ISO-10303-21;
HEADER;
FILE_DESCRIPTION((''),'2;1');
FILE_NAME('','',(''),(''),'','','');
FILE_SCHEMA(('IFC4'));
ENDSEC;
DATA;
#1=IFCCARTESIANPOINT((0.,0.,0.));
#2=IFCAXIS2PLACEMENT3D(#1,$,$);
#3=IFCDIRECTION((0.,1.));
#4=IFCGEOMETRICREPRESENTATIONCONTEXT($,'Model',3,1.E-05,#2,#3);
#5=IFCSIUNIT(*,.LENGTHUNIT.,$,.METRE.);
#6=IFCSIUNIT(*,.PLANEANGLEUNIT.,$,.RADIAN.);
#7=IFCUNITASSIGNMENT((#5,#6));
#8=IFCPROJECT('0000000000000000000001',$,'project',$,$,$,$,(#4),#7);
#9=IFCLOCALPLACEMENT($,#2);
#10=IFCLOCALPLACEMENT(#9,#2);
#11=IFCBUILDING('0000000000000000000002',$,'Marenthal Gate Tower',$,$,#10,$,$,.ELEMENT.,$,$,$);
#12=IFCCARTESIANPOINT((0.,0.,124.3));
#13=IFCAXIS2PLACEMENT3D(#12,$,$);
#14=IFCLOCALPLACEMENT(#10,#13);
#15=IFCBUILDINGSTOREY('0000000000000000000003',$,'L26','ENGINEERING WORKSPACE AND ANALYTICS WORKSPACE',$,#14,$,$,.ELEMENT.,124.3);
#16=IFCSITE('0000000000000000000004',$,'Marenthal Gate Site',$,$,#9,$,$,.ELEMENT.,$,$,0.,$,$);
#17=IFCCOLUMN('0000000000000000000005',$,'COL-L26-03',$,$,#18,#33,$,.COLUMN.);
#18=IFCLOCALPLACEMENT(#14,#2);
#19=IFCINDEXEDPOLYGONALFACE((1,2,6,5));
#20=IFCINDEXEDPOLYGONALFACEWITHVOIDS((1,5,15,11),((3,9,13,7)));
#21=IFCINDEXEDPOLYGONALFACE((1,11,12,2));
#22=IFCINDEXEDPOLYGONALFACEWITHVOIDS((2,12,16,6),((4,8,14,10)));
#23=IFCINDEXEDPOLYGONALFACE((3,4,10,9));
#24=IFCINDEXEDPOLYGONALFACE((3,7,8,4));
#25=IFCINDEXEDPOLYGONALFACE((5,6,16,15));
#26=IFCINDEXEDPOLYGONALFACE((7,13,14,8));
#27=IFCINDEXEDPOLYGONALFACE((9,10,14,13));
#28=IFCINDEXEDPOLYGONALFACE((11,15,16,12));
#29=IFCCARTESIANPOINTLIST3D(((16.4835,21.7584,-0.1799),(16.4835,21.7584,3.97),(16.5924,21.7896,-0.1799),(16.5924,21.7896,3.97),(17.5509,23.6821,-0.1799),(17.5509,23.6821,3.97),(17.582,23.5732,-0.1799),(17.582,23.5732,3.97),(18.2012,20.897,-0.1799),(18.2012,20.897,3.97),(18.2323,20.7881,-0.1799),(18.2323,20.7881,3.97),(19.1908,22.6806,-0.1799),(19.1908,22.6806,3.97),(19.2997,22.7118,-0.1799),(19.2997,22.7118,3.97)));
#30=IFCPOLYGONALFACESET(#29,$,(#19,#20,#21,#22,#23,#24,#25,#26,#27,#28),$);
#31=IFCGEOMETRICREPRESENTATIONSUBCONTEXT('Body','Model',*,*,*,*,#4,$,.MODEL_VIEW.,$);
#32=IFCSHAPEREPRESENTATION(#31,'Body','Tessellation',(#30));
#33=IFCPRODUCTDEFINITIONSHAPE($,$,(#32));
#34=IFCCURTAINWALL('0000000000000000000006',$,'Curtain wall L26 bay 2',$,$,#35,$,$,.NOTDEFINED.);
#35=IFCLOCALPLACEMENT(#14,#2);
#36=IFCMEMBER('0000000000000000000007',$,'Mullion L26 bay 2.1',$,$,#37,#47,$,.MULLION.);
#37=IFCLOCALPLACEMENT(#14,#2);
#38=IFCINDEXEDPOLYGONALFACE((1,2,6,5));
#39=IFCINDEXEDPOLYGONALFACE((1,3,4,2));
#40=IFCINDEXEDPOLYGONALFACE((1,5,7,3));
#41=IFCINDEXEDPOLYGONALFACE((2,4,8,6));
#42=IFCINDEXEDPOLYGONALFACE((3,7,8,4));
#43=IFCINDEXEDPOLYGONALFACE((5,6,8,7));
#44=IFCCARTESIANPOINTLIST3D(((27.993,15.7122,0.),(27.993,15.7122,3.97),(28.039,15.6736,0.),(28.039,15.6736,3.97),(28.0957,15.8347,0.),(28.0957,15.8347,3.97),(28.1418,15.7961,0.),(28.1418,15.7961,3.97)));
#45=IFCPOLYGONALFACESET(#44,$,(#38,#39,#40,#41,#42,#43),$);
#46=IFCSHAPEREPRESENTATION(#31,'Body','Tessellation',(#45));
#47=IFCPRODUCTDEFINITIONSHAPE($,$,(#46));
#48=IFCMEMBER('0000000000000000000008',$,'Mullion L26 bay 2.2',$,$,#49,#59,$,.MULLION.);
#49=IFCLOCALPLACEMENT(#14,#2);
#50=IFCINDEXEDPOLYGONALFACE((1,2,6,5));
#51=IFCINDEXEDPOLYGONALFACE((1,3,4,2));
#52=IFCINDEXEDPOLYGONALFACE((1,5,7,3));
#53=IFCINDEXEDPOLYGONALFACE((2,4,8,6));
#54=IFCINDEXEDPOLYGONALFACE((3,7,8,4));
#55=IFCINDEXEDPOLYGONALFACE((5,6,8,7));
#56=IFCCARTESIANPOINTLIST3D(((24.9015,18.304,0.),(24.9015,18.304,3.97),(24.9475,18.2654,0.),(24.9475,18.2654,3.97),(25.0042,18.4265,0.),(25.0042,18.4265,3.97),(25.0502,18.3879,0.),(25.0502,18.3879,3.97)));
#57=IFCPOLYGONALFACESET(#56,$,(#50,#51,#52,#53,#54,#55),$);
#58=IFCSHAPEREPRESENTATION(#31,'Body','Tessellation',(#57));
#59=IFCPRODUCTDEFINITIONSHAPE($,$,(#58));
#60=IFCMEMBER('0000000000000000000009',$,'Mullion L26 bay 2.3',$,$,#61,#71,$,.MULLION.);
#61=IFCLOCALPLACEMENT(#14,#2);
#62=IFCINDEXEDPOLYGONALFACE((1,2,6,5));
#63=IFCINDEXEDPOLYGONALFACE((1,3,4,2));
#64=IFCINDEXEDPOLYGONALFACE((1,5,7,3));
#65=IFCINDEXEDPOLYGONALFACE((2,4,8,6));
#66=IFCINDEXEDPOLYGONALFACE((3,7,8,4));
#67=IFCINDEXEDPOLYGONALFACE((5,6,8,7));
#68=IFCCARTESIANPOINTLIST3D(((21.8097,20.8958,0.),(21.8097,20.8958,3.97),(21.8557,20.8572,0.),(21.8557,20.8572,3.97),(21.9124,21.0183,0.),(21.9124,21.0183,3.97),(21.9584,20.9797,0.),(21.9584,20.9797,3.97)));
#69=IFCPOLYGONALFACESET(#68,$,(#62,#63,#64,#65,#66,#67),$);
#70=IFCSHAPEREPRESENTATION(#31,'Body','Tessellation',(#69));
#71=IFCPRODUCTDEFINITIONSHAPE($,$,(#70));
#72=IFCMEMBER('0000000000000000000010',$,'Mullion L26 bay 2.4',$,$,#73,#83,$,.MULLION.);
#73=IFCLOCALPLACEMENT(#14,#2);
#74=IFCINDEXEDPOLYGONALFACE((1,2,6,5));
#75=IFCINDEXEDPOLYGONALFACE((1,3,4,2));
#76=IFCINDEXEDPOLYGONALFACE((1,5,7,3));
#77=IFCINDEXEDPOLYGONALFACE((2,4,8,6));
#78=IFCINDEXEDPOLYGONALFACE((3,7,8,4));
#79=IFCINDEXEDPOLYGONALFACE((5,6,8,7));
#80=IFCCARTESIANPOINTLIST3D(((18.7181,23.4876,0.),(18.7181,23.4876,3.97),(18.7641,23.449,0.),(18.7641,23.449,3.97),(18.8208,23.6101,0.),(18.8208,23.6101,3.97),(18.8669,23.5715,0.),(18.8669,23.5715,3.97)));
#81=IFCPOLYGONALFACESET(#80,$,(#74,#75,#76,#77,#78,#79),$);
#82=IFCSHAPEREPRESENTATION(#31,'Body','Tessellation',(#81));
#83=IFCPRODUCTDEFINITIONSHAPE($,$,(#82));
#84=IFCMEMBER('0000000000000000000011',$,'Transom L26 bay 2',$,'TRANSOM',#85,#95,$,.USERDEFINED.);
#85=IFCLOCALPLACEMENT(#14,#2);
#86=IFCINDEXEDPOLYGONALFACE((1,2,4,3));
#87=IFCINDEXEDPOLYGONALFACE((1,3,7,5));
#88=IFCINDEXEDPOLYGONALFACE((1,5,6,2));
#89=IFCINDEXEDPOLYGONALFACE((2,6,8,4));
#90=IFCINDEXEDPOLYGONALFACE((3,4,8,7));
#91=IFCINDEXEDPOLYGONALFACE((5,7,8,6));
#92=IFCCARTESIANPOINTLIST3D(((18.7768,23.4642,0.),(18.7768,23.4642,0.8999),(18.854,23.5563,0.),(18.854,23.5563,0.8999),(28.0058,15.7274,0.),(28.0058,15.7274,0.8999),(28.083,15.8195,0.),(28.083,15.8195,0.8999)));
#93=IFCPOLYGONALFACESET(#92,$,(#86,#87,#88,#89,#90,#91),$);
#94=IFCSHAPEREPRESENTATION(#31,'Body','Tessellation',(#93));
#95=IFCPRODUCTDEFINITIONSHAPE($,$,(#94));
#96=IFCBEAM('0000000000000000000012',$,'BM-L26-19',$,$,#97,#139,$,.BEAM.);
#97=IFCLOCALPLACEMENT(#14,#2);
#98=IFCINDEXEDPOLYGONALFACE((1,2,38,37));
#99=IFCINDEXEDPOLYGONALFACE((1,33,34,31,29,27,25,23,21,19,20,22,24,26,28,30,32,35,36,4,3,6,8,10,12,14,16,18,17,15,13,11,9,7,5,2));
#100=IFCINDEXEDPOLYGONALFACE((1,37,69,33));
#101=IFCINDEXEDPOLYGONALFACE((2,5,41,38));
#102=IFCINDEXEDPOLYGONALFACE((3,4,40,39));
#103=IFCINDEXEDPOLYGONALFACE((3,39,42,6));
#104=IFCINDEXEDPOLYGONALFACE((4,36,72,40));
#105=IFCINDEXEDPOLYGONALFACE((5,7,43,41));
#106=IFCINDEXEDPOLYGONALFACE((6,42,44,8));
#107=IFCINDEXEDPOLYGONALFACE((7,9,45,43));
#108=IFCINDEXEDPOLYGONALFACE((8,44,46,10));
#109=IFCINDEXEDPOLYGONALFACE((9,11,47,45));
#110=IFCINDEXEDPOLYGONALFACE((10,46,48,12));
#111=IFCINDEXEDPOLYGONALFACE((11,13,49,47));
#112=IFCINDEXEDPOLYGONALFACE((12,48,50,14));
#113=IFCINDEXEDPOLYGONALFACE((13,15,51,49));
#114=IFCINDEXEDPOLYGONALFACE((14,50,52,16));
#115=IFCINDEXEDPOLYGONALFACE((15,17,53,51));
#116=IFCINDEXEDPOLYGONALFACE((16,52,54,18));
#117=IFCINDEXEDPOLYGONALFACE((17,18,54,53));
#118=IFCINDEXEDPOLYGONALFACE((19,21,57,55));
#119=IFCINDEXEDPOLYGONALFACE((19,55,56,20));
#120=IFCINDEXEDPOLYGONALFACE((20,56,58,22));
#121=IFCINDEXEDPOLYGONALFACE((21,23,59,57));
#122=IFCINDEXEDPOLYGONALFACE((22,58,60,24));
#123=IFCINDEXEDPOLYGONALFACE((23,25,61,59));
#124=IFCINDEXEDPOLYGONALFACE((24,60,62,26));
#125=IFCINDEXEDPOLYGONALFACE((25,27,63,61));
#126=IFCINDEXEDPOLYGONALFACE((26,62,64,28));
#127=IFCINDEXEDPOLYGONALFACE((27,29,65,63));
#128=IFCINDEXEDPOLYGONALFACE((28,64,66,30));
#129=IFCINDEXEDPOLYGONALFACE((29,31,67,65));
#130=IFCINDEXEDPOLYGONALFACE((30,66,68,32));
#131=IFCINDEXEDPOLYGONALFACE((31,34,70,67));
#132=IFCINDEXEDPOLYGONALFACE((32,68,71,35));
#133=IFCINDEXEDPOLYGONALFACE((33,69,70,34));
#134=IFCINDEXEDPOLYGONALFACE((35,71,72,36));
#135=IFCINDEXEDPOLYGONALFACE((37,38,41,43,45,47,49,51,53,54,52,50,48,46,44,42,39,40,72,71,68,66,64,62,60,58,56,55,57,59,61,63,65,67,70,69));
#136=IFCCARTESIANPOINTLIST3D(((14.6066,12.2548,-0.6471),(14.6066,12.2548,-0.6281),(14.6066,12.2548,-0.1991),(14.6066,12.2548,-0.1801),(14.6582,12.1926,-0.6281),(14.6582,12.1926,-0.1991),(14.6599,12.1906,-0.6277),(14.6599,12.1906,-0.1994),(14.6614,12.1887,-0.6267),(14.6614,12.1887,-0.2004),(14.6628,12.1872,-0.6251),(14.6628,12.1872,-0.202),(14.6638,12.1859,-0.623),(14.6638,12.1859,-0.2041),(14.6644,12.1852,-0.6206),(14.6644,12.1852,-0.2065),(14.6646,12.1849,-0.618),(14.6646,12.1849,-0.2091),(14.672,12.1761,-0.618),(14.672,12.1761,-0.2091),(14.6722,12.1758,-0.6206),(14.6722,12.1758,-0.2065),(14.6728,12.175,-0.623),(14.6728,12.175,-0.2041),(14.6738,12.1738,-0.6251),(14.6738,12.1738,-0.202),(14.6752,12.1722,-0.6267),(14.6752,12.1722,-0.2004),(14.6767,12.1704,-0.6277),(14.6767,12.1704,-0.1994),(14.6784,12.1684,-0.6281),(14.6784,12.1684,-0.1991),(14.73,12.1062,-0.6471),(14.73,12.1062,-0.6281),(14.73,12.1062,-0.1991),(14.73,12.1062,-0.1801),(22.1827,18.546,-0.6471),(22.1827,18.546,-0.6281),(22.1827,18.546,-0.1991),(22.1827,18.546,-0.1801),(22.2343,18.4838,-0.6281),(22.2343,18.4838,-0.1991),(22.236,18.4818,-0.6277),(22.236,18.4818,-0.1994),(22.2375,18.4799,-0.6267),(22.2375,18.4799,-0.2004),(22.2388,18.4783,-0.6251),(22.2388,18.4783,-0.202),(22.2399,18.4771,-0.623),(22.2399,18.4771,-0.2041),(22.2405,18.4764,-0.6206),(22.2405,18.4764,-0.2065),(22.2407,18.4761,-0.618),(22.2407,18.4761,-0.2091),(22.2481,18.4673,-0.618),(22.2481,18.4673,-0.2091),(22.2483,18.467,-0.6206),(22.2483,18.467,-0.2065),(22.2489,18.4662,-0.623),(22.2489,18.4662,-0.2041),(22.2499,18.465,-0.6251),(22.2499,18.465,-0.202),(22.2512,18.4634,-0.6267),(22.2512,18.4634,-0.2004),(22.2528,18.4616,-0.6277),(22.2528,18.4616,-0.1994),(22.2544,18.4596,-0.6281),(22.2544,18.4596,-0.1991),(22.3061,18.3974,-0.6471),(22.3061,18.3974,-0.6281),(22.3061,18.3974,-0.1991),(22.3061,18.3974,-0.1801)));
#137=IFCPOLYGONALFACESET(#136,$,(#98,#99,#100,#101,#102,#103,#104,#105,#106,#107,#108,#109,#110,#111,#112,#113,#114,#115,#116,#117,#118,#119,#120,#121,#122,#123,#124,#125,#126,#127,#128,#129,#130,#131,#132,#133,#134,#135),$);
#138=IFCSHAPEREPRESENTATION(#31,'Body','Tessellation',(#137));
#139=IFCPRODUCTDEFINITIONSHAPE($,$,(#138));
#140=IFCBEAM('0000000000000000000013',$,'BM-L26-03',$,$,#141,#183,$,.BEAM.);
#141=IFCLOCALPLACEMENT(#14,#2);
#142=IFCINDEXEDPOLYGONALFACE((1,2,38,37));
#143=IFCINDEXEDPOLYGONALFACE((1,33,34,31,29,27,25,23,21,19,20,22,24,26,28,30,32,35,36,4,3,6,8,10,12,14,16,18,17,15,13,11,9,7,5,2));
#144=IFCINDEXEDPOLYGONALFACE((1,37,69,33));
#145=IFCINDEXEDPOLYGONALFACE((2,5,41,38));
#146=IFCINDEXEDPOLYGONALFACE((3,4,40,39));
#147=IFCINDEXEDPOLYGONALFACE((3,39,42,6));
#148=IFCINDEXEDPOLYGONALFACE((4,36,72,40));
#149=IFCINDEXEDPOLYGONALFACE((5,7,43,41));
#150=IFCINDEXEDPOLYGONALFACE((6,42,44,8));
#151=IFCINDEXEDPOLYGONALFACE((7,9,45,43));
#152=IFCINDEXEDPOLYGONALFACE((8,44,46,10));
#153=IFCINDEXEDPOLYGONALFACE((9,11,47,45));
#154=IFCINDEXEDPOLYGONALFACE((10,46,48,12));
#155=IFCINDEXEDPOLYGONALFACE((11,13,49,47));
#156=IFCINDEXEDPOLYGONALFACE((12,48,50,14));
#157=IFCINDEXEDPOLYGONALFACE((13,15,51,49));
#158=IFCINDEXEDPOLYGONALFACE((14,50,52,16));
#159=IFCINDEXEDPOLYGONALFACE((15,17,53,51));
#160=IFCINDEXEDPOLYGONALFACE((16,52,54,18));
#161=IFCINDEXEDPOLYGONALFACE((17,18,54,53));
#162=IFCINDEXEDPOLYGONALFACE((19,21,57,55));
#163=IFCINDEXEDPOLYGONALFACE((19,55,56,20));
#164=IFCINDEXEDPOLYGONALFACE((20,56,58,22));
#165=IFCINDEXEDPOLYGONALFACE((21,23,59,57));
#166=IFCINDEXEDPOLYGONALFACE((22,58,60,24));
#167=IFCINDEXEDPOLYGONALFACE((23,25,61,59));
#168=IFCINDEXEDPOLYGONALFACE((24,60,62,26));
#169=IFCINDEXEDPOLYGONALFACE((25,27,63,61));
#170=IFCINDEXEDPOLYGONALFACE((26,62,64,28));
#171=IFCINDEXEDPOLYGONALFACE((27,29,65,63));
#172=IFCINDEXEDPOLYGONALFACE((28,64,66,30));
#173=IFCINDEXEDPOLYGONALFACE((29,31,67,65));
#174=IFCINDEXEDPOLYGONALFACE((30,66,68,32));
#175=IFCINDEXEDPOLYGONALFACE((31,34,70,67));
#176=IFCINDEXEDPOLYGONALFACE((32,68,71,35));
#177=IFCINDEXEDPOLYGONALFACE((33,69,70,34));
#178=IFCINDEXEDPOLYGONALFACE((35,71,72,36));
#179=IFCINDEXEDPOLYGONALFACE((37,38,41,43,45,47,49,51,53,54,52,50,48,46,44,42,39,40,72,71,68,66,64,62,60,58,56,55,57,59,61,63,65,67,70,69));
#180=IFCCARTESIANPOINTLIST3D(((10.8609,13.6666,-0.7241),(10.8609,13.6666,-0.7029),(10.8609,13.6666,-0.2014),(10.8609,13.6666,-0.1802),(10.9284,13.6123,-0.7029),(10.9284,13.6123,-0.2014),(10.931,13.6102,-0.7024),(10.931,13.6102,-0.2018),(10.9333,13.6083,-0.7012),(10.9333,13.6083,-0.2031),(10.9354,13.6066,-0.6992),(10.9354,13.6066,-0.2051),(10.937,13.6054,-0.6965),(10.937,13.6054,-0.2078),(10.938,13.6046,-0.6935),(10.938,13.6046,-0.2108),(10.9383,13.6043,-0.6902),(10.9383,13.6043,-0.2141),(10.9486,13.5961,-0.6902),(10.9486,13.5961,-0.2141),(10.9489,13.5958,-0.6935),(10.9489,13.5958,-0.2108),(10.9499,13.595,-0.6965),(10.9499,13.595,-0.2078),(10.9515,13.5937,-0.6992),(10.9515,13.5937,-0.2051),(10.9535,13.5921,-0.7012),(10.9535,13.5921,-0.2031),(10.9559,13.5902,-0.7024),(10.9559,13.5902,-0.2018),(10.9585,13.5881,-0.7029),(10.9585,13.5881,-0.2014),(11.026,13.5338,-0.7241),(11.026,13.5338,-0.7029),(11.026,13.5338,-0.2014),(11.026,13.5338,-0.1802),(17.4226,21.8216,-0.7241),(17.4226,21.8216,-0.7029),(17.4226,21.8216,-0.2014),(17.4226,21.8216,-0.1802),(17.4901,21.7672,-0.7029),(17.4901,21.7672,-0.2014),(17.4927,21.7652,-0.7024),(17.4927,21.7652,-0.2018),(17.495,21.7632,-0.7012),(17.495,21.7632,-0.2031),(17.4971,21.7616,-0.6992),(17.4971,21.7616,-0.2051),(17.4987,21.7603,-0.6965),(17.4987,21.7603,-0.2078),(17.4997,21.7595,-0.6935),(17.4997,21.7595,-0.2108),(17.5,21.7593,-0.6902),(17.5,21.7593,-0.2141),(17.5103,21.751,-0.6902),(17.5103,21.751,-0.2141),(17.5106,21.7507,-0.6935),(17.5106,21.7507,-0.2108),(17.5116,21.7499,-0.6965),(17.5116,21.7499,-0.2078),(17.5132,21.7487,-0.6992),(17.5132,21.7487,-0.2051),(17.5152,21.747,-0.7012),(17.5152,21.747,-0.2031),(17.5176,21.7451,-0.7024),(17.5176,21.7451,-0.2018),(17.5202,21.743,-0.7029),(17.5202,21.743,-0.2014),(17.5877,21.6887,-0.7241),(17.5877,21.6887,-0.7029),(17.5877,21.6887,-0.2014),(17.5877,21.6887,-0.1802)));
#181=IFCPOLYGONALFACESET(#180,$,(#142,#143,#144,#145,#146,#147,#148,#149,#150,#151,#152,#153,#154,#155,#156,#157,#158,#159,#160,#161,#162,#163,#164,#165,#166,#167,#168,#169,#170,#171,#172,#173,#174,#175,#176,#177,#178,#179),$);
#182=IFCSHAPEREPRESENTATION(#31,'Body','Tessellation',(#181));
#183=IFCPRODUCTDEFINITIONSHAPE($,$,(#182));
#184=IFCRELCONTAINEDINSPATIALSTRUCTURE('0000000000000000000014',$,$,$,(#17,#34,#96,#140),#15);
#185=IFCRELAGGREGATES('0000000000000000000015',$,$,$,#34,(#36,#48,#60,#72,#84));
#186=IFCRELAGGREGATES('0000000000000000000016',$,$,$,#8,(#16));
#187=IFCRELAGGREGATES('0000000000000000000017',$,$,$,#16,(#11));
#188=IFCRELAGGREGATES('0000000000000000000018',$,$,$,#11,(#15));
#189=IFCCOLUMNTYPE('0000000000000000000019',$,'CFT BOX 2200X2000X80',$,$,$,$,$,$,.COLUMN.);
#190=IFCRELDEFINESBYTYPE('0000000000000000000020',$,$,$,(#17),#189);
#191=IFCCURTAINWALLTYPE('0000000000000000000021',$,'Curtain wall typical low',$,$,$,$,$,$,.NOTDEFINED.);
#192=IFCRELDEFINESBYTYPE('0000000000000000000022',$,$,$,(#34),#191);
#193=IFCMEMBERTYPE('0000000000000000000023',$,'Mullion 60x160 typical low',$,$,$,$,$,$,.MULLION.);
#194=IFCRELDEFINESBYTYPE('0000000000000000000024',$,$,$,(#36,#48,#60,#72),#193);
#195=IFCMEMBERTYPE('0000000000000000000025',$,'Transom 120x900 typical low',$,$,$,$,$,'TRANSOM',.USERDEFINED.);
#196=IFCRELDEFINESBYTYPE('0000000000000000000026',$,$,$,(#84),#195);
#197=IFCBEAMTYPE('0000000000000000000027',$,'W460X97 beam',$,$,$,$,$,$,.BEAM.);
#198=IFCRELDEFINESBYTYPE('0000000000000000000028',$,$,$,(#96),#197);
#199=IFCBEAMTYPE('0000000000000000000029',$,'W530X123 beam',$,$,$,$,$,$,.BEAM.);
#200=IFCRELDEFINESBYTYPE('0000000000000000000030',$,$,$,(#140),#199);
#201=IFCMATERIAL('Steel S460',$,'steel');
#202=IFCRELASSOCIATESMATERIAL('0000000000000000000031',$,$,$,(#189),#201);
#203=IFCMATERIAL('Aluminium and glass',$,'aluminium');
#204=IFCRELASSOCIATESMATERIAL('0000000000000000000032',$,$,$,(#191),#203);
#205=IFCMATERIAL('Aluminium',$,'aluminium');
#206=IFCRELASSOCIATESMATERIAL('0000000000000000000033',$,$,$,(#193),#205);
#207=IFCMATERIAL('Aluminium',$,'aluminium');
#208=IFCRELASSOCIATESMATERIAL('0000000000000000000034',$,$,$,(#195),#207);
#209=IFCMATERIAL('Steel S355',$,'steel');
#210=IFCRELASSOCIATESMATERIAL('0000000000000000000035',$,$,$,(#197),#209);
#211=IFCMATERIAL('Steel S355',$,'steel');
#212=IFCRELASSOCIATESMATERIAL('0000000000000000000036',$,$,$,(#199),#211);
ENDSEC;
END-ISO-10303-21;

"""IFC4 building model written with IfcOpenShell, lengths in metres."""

from ifc_helpers import new_model, si_unit, direction, frame, origin, origin_2d, place, context, subcontext, project, spatial, rectangle, hollow_rectangle, i_section, extrude, material, material_profile, profile_set, type_object, element, aggregate, save


model = new_model("IFC4")

# Units and contexts
model_context = context("Model", 3, precision=1e-05, world=origin(), true_north=direction((0.0, 1.0)))
body_context = subcontext(model_context, "Body", "Model", "MODEL_VIEW")
ifc_project = project(units=[si_unit("LENGTHUNIT", "METRE"), si_unit("PLANEANGLEUNIT", "RADIAN")], contexts=[model_context])

# Site, building, storey
site_placement = place(None, origin())
site = spatial("IfcSite", under=ifc_project, at=site_placement, Name="Marenthal Gate Site", CompositionType="ELEMENT", RefElevation=0.0)
building_placement = place(site_placement, origin())
building = spatial("IfcBuilding", under=site, at=building_placement, Name="Marenthal Gate Tower", CompositionType="ELEMENT")
storey_placement = place(building_placement, frame((0.0, 0.0, 124.3)))
storey = spatial("IfcBuildingStorey", under=building, at=storey_placement, Name="L26", Description="ENGINEERING WORKSPACE AND ANALYTICS WORKSPACE", CompositionType="ELEMENT", Elevation=124.3)

# Column
ifc_material_1 = material(Name="Steel S460", Category="steel")
ifc_material_profile_1 = material_profile(ifc_material_1, hollow_rectangle(XDim=2.0, YDim=2.2, WallThickness=0.0801, at=origin_2d()), Name="CFT BOX 2200X2000X80")
ifc_material_2 = material(Name="Concrete 70 MPa", Category="concrete")
ifc_material_profile_2 = material_profile(ifc_material_2, rectangle(XDim=1.8401, YDim=2.04, at=origin_2d()), Name="CFT BOX 2200X2000X80 INFILL")
ifc_profile_set_1 = profile_set([ifc_material_profile_1, ifc_material_profile_2], Name="Steel S460 shell, Concrete 70 MPa infill")
column_type = type_object("IfcColumnType", Name="CFT BOX 2200X2000X80", PredefinedType="COLUMN", material=ifc_profile_set_1)
column_placement = place(storey_placement, frame((17.8916, 22.2351, -0.1799), z_axis=(0.0, 0.0, 1.0), x_axis=(0.874418, -0.485173, 0.0)))
element("IfcColumn", 1, at=column_placement, inside=storey, type_object=column_type, Name="COL-L26-03", PredefinedType="COLUMN", context=body_context, shape_type="SweptSolid", body=[
    extrude(hollow_rectangle(XDim=2.0, YDim=2.2, WallThickness=0.0801, at=origin_2d()), origin(), (0.0, 0.0, 1.0), 4.1499),
])

# Curtain wall, members
ifc_material_3 = material(Name="Aluminium and glass", Category="aluminium")
curtain_wall_type = type_object("IfcCurtainWallType", Name="Curtain wall typical low", PredefinedType="NOTDEFINED", material=ifc_material_3)
curtain_wall_placement = place(storey_placement, origin())
curtain_wall = element("IfcCurtainWall", 2, at=curtain_wall_placement, inside=storey, type_object=curtain_wall_type, Name="Curtain wall L26 bay 2", PredefinedType="NOTDEFINED")
ifc_material_4 = material(Name="Aluminium", Category="aluminium")
ifc_material_profile_3 = material_profile(ifc_material_4, rectangle(XDim=0.1599, YDim=0.0601, at=origin_2d()), Name="60x160 aluminium mullion")
ifc_profile_set_2 = profile_set([ifc_material_profile_3], Name="Aluminium")
member_type_1 = type_object("IfcMemberType", Name="Mullion 60x160 typical low", PredefinedType="MULLION", material=ifc_profile_set_2)
member_1_placement = place(storey_placement, frame((28.0674, 15.7542, 0.0), z_axis=(0.0, 0.0, 1.0), x_axis=(-0.642438, -0.766338, 0.0)))
member_1 = element("IfcMember", 3, at=member_1_placement, type_object=member_type_1, Name="Mullion L26 bay 2.1", PredefinedType="MULLION", context=body_context, shape_type="SweptSolid", body=[
    extrude(rectangle(XDim=0.1599, YDim=0.0601, at=origin_2d()), origin(), (0.0, 0.0, 1.0), 3.97),
])
member_2_placement = place(storey_placement, frame((24.9758, 18.3459, 0.0), z_axis=(0.0, 0.0, 1.0), x_axis=(-0.642438, -0.766338, 0.0)))
member_2 = element("IfcMember", 4, at=member_2_placement, type_object=member_type_1, Name="Mullion L26 bay 2.2", PredefinedType="MULLION", context=body_context, shape_type="SweptSolid", body=[
    extrude(rectangle(XDim=0.1599, YDim=0.0601, at=origin_2d()), origin(), (0.0, 0.0, 1.0), 3.97),
])
member_3_placement = place(storey_placement, frame((21.884, 20.9377, 0.0), z_axis=(0.0, 0.0, 1.0), x_axis=(-0.642438, -0.766338, 0.0)))
member_3 = element("IfcMember", 5, at=member_3_placement, type_object=member_type_1, Name="Mullion L26 bay 2.3", PredefinedType="MULLION", context=body_context, shape_type="SweptSolid", body=[
    extrude(rectangle(XDim=0.1599, YDim=0.0601, at=origin_2d()), origin(), (0.0, 0.0, 1.0), 3.97),
])
member_4_placement = place(storey_placement, frame((18.7925, 23.5295, 0.0), z_axis=(0.0, 0.0, 1.0), x_axis=(-0.642438, -0.766338, 0.0)))
member_4 = element("IfcMember", 6, at=member_4_placement, type_object=member_type_1, Name="Mullion L26 bay 2.4", PredefinedType="MULLION", context=body_context, shape_type="SweptSolid", body=[
    extrude(rectangle(XDim=0.1599, YDim=0.0601, at=origin_2d()), origin(), (0.0, 0.0, 1.0), 3.97),
])
ifc_material_5 = material(Name="Aluminium", Category="aluminium")
ifc_material_profile_4 = material_profile(ifc_material_5, rectangle(XDim=0.1201, YDim=0.8999, at=origin_2d()), Name="120x900 aluminium transom")
ifc_profile_set_3 = profile_set([ifc_material_profile_4], Name="Aluminium")
member_type_2 = type_object("IfcMemberType", Name="Transom 120x900 typical low", ElementType="TRANSOM", PredefinedType="USERDEFINED", material=ifc_profile_set_3)
member_5_placement = place(storey_placement, frame((28.0444, 15.7734, 0.45), z_axis=(-0.76634, 0.642435, 0.0), x_axis=(-0.642435, -0.76634, 0.0)))
member_5 = element("IfcMember", 7, at=member_5_placement, type_object=member_type_2, Name="Transom L26 bay 2", ObjectType="TRANSOM", PredefinedType="USERDEFINED", context=body_context, shape_type="SweptSolid", body=[
    extrude(rectangle(XDim=0.1201, YDim=0.8999, at=origin_2d()), origin(), (0.0, 0.0, 1.0), 12.043),
])

# Beams
ifc_material_6 = material(Name="Steel S355", Category="steel")
ifc_material_profile_5 = material_profile(ifc_material_6, i_section(OverallWidth=0.1931, OverallDepth=0.467, WebThickness=0.0115, FlangeThickness=0.019, FilletRadius=0.01, at=origin_2d()), Name="W460X97")
ifc_profile_set_4 = profile_set([ifc_material_profile_5], Name="Steel S355")
beam_type_1 = type_object("IfcBeamType", Name="W460X97 beam", PredefinedType="BEAM", material=ifc_profile_set_4)
beam_1_placement = place(storey_placement, frame((22.2444, 18.4717, -0.4136), z_axis=(-0.76933, -0.638852, 0.0), x_axis=(0.638852, -0.76933, 0.0)))
element("IfcBeam", 8, at=beam_1_placement, inside=storey, type_object=beam_type_1, Name="BM-L26-19", PredefinedType="BEAM", context=body_context, shape_type="SweptSolid", body=[
    extrude(i_section(OverallWidth=0.1931, OverallDepth=0.467, WebThickness=0.0115, FlangeThickness=0.019, FilletRadius=0.01, at=origin_2d()), origin(), (0.0, 0.0, 1.0), 9.8477),
])
ifc_material_7 = material(Name="Steel S355", Category="steel")
ifc_material_profile_6 = material_profile(ifc_material_7, i_section(OverallWidth=0.2119, OverallDepth=0.5439, WebThickness=0.0132, FlangeThickness=0.0212, FilletRadius=0.0127, at=origin_2d()), Name="W530X123")
ifc_profile_set_5 = profile_set([ifc_material_profile_6], Name="Steel S355")
beam_type_2 = type_object("IfcBeamType", Name="W530X123 beam", PredefinedType="BEAM", material=ifc_profile_set_5)
beam_2_placement = place(storey_placement, frame((17.5051, 21.7551, -0.4521), z_axis=(-0.626891, -0.779107, 0.0), x_axis=(0.779107, -0.626891, 0.0)))
element("IfcBeam", 9, at=beam_2_placement, inside=storey, type_object=beam_type_2, Name="BM-L26-03", PredefinedType="BEAM", context=body_context, shape_type="SweptSolid", body=[
    extrude(i_section(OverallWidth=0.2119, OverallDepth=0.5439, WebThickness=0.0132, FlangeThickness=0.0212, FilletRadius=0.0127, at=origin_2d()), origin(), (0.0, 0.0, 1.0), 10.467),
])

aggregate(curtain_wall, [member_1, member_2, member_3, member_4, member_5])

save(model, "model.ifc")
